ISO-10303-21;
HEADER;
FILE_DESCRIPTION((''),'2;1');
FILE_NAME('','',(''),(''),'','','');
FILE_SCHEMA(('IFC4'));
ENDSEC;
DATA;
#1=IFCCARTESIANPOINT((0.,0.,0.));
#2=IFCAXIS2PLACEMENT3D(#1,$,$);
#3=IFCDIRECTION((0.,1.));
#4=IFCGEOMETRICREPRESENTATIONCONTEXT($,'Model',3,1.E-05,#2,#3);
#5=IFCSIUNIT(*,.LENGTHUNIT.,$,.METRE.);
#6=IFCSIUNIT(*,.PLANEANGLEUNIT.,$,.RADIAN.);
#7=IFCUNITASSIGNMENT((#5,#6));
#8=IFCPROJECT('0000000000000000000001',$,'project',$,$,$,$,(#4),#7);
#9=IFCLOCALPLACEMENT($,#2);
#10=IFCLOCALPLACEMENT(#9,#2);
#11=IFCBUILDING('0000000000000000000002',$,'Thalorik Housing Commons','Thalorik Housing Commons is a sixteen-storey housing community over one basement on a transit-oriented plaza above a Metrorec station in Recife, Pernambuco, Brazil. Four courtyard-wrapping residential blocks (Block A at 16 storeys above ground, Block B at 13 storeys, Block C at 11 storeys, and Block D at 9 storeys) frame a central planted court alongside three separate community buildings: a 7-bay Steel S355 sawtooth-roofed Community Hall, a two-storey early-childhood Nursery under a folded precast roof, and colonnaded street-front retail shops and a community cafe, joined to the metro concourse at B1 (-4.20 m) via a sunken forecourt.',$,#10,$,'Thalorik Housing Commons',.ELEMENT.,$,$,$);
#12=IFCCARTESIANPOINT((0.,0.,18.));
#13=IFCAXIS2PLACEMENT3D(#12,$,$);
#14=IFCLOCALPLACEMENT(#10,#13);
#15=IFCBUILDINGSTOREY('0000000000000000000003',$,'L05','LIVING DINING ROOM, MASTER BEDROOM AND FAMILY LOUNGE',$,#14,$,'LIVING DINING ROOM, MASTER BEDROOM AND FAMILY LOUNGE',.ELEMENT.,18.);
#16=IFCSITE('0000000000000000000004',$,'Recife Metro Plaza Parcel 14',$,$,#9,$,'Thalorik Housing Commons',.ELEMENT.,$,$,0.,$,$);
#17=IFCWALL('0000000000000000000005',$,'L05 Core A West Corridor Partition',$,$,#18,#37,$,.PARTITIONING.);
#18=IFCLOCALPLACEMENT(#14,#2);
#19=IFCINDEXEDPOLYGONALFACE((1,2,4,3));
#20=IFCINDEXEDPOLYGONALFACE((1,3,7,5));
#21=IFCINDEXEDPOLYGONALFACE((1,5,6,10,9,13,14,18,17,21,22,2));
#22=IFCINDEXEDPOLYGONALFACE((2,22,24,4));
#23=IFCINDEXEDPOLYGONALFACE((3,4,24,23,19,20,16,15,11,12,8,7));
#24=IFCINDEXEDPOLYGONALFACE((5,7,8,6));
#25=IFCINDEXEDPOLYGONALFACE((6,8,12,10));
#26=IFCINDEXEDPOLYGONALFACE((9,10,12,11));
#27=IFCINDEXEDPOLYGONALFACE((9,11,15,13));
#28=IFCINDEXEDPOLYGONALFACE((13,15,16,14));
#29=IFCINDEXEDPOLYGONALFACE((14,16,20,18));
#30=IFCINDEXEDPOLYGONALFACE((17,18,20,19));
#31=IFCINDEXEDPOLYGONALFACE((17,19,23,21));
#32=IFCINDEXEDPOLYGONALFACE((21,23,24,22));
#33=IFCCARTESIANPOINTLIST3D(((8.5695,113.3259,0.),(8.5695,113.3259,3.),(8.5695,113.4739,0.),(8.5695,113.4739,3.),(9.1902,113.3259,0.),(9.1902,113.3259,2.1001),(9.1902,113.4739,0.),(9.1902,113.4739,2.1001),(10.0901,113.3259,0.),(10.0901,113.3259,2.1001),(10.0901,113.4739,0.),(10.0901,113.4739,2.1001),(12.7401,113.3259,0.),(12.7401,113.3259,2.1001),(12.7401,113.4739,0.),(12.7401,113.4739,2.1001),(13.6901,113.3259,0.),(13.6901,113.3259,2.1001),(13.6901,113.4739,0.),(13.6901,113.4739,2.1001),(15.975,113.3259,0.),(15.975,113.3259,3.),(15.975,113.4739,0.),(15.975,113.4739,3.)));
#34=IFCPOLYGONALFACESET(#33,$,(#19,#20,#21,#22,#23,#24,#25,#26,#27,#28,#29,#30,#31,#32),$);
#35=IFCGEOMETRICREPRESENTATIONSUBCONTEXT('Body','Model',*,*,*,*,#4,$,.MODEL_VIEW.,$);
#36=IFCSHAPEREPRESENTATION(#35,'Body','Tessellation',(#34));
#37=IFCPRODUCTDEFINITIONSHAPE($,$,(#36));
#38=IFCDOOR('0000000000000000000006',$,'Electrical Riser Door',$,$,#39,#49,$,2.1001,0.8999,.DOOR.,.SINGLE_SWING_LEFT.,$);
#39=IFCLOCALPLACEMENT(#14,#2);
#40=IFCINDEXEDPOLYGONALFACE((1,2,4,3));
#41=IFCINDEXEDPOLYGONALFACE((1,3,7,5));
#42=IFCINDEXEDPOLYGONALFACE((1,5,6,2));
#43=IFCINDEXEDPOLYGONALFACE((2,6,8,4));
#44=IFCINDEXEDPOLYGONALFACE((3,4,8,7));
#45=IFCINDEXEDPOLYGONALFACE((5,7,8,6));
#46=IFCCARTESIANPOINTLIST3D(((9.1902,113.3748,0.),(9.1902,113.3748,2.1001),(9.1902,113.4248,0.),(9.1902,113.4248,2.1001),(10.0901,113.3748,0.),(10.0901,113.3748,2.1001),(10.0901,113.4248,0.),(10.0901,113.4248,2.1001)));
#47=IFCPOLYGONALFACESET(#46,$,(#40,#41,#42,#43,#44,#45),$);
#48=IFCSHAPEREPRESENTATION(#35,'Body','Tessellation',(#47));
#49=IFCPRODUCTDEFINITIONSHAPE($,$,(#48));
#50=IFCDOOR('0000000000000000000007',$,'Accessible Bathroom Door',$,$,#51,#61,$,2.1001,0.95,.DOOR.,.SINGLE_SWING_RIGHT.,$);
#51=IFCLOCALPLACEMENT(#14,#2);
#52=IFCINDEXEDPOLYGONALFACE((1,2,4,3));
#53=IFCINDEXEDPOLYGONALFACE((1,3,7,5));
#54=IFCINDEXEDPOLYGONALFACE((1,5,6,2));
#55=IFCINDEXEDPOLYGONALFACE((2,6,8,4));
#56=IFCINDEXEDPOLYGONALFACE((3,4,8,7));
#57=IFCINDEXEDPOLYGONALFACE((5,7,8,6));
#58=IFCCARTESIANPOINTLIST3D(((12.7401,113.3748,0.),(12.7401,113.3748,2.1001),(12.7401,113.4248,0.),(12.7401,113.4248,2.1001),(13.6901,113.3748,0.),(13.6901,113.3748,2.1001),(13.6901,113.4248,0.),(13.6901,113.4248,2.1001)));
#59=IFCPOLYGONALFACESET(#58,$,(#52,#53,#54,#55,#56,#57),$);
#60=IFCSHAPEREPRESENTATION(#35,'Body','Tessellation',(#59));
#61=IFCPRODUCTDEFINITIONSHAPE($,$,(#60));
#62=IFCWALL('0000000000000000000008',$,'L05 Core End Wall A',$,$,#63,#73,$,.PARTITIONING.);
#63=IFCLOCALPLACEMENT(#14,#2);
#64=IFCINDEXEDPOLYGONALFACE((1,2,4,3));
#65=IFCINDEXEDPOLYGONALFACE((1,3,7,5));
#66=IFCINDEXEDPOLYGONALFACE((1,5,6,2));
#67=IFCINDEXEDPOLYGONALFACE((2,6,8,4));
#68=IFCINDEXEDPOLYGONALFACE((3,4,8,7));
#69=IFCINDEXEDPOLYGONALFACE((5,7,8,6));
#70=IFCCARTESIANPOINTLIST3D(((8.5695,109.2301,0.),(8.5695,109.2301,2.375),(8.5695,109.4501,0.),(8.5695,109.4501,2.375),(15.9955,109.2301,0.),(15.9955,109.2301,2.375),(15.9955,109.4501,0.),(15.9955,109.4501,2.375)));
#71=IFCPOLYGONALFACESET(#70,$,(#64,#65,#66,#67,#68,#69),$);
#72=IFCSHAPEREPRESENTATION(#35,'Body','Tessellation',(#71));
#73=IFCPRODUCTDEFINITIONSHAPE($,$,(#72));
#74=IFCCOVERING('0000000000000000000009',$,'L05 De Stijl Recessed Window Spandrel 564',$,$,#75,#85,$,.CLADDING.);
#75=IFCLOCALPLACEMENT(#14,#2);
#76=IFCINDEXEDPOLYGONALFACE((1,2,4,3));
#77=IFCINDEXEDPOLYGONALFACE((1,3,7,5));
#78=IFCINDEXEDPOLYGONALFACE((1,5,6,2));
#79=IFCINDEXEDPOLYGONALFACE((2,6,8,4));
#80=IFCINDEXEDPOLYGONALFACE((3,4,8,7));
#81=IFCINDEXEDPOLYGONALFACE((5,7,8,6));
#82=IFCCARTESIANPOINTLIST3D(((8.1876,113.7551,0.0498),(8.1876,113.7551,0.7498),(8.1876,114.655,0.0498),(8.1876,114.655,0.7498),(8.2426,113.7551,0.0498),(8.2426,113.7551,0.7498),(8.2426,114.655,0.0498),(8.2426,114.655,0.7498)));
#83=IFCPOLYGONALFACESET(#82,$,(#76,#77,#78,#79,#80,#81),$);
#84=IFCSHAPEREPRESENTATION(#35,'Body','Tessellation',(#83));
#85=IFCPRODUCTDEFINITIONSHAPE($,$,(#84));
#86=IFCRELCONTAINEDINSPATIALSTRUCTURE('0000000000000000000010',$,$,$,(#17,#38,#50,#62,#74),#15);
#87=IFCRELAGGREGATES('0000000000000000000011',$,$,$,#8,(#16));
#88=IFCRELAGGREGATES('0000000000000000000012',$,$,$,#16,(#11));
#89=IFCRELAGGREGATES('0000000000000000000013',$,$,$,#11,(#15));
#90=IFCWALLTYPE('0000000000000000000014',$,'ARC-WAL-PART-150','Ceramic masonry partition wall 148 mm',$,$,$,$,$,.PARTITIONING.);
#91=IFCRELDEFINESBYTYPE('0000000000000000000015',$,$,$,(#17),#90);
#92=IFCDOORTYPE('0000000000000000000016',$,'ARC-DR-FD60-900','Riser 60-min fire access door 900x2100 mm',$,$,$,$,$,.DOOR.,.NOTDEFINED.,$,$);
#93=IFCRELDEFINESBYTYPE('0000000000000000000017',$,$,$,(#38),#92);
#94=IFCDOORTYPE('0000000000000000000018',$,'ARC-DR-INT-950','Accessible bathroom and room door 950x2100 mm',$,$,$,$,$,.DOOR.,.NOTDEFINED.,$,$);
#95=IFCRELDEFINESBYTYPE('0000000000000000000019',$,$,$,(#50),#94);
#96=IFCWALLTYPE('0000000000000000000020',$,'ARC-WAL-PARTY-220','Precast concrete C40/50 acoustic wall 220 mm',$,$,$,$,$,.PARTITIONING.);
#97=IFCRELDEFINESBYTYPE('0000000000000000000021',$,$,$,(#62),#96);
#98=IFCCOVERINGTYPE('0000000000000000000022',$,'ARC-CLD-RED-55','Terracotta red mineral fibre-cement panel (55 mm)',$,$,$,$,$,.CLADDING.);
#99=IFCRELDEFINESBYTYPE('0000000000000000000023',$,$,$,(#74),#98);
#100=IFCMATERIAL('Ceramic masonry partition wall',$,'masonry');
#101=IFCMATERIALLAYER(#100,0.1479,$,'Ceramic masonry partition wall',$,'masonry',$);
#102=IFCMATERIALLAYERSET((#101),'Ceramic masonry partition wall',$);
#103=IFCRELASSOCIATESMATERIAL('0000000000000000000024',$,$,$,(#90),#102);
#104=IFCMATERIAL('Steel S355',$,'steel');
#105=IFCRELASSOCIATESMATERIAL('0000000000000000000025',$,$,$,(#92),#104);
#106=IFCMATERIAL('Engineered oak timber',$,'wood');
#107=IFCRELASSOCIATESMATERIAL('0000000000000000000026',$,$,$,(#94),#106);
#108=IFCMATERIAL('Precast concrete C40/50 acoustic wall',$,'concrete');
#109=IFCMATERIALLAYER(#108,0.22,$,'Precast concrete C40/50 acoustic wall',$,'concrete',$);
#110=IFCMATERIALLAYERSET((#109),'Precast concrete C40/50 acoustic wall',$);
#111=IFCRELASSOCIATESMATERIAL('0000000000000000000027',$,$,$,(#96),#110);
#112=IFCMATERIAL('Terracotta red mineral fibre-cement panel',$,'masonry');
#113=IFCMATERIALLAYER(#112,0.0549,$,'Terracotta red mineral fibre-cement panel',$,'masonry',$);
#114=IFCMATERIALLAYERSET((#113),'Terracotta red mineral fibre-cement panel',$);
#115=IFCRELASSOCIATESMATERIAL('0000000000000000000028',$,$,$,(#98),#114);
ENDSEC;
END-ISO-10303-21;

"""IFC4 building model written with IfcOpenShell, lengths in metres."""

from ifc_helpers import new_model, si_unit, direction, frame, frame_2d, origin, origin_2d, place, context, subcontext, project, spatial, rectangle, extrude, material, layer, layer_set, type_object, element, fill, save


model = new_model("IFC4")

# Units and contexts
model_context = context("Model", 3, precision=1e-05, world=origin(), true_north=direction((0.0, 1.0)))
body_context = subcontext(model_context, "Body", "Model", "MODEL_VIEW")
ifc_project = project(units=[si_unit("LENGTHUNIT", "METRE"), si_unit("PLANEANGLEUNIT", "RADIAN")], contexts=[model_context])

# Site, building, storey
site_placement = place(None, origin())
site = spatial("IfcSite", under=ifc_project, at=site_placement, Name="Recife Metro Plaza Parcel 14", LongName="Thalorik Housing Commons", CompositionType="ELEMENT", RefElevation=0.0)
building_placement = place(site_placement, origin())
building = spatial("IfcBuilding", under=site, at=building_placement, Name="Thalorik Housing Commons", Description="Thalorik Housing Commons is a sixteen-storey housing community over one basement on a transit-oriented plaza above a Metrorec station in Recife, Pernambuco, Brazil. Four courtyard-wrapping residential blocks (Block A at 16 storeys above ground, Block B at 13 storeys, Block C at 11 storeys, and Block D at 9 storeys) frame a central planted court alongside three separate community buildings: a 7-bay Steel S355 sawtooth-roofed Community Hall, a two-storey early-childhood Nursery under a folded precast roof, and colonnaded street-front retail shops and a community cafe, joined to the metro concourse at B1 (-4.20 m) via a sunken forecourt.", LongName="Thalorik Housing Commons", CompositionType="ELEMENT")
storey_placement = place(building_placement, frame((0.0, 0.0, 18.0)))
storey = spatial("IfcBuildingStorey", under=building, at=storey_placement, Name="L05", Description="LIVING DINING ROOM, MASTER BEDROOM AND FAMILY LOUNGE", LongName="LIVING DINING ROOM, MASTER BEDROOM AND FAMILY LOUNGE", CompositionType="ELEMENT", Elevation=18.0)

# Shared definitions
ifc_material_1 = material(Name="Ceramic masonry partition wall", Category="masonry")
ifc_layer_1 = layer(ifc_material_1, 0.1479, Name="Ceramic masonry partition wall", Category="masonry")
ifc_layer_set_1 = layer_set([ifc_layer_1], Name="Ceramic masonry partition wall")
wall_type_1 = type_object("IfcWallType", Name="ARC-WAL-PART-150", Description="Ceramic masonry partition wall 148 mm", PredefinedType="PARTITIONING", material=ifc_layer_set_1)

# Wall, openings, doors
wall_1_placement = place(storey_placement, frame((8.5696, 113.3999, 0.0), z_axis=(0.0, 0.0, 1.0), x_axis=(1.0, 0.0, 0.0)))
wall_1 = element("IfcWall", 1, at=wall_1_placement, inside=storey, type_object=wall_type_1, Name="L05 Core A West Corridor Partition", PredefinedType="PARTITIONING", context=body_context, shape_type="SweptSolid", body=[
    extrude(rectangle(XDim=7.4055, YDim=0.1479, at=frame_2d((3.7026, 0.0))), origin(), (0.0, 0.0, 1.0), 3.0),
])
opening_1_placement = place(wall_1_placement, frame((0.6206, 0.0, 0.0)))
opening_1 = element("IfcOpeningElement", 2, at=opening_1_placement, cuts=wall_1, PredefinedType="OPENING", context=body_context, shape_type="SweptSolid", body=[
    extrude(rectangle(XDim=0.8999, YDim=2.1001, at=frame_2d((0.45, 1.05))), frame((0.0, 0.084, 0.0), z_axis=(0.0, -1.0, 0.0), x_axis=(1.0, 0.0, 0.0)), (0.0, 0.0, 1.0), 0.168),
])
opening_2_placement = place(wall_1_placement, frame((4.1704, 0.0, 0.0)))
opening_2 = element("IfcOpeningElement", 3, at=opening_2_placement, cuts=wall_1, PredefinedType="OPENING", context=body_context, shape_type="SweptSolid", body=[
    extrude(rectangle(XDim=0.95, YDim=2.1001, at=frame_2d((0.4751, 1.05))), frame((0.0, 0.084, 0.0), z_axis=(0.0, -1.0, 0.0), x_axis=(1.0, 0.0, 0.0)), (0.0, 0.0, 1.0), 0.168),
])
ifc_material_2 = material(Name="Steel S355", Category="steel")
door_type_1 = type_object("IfcDoorType", Name="ARC-DR-FD60-900", Description="Riser 60-min fire access door 900x2100 mm", OperationType="NOTDEFINED", PredefinedType="DOOR", material=ifc_material_2)
door_1_placement = place(opening_1_placement, origin())
door_1 = element("IfcDoor", 4, at=door_1_placement, inside=storey, type_object=door_type_1, Name="Electrical Riser Door", OperationType="SINGLE_SWING_LEFT", OverallHeight=2.1001, OverallWidth=0.8999, PredefinedType="DOOR", context=body_context, shape_type="SweptSolid", body=[
    extrude(rectangle(XDim=0.8999, YDim=2.1001, at=frame_2d((0.45, 1.05))), frame((0.0, 0.0249, 0.0), z_axis=(0.0, -1.0, 0.0), x_axis=(1.0, 0.0, 0.0)), (0.0, 0.0, 1.0), 0.05),
])
fill(opening_1, door_1)
ifc_material_3 = material(Name="Engineered oak timber", Category="wood")
door_type_2 = type_object("IfcDoorType", Name="ARC-DR-INT-950", Description="Accessible bathroom and room door 950x2100 mm", OperationType="NOTDEFINED", PredefinedType="DOOR", material=ifc_material_3)
door_2_placement = place(opening_2_placement, origin())
door_2 = element("IfcDoor", 5, at=door_2_placement, inside=storey, type_object=door_type_2, Name="Accessible Bathroom Door", OperationType="SINGLE_SWING_RIGHT", OverallHeight=2.1001, OverallWidth=0.95, PredefinedType="DOOR", context=body_context, shape_type="SweptSolid", body=[
    extrude(rectangle(XDim=0.95, YDim=2.1001, at=frame_2d((0.4751, 1.05))), frame((0.0, 0.0249, 0.0), z_axis=(0.0, -1.0, 0.0), x_axis=(1.0, 0.0, 0.0)), (0.0, 0.0, 1.0), 0.05),
])
fill(opening_2, door_2)

# Wall
ifc_material_4 = material(Name="Precast concrete C40/50 acoustic wall", Category="concrete")
ifc_layer_2 = layer(ifc_material_4, 0.22, Name="Precast concrete C40/50 acoustic wall", Category="concrete")
ifc_layer_set_2 = layer_set([ifc_layer_2], Name="Precast concrete C40/50 acoustic wall")
wall_type_2 = type_object("IfcWallType", Name="ARC-WAL-PARTY-220", Description="Precast concrete C40/50 acoustic wall 220 mm", PredefinedType="PARTITIONING", material=ifc_layer_set_2)
wall_2_placement = place(storey_placement, frame((8.5696, 109.3401, 0.0), z_axis=(0.0, 0.0, 1.0), x_axis=(1.0, 0.0, 0.0)))
element("IfcWall", 6, at=wall_2_placement, inside=storey, type_object=wall_type_2, Name="L05 Core End Wall A", PredefinedType="PARTITIONING", context=body_context, shape_type="SweptSolid", body=[
    extrude(rectangle(XDim=7.426, YDim=0.22, at=frame_2d((3.7129, 0.0))), origin(), (0.0, 0.0, 1.0), 2.375),
])

# Covering
ifc_material_5 = material(Name="Terracotta red mineral fibre-cement panel", Category="masonry")
ifc_layer_3 = layer(ifc_material_5, 0.0549, Name="Terracotta red mineral fibre-cement panel", Category="masonry")
ifc_layer_set_3 = layer_set([ifc_layer_3], Name="Terracotta red mineral fibre-cement panel")
covering_type_1 = type_object("IfcCoveringType", Name="ARC-CLD-RED-55", Description="Terracotta red mineral fibre-cement panel (55 mm)", PredefinedType="CLADDING", material=ifc_layer_set_3)
covering_1_placement = place(storey_placement, frame((8.2151, 114.2051, 0.0498), z_axis=(0.0, 0.0, 1.0), x_axis=(0.0, -1.0, 0.0)))
element("IfcCovering", 7, at=covering_1_placement, inside=storey, type_object=covering_type_1, Name="L05 De Stijl Recessed Window Spandrel 564", PredefinedType="CLADDING", context=body_context, shape_type="SweptSolid", body=[
    extrude(rectangle(XDim=0.8999, YDim=0.0549, at=origin_2d()), origin(), (0.0, 0.0, 1.0), 0.7),
])

save(model, "model.ifc")
